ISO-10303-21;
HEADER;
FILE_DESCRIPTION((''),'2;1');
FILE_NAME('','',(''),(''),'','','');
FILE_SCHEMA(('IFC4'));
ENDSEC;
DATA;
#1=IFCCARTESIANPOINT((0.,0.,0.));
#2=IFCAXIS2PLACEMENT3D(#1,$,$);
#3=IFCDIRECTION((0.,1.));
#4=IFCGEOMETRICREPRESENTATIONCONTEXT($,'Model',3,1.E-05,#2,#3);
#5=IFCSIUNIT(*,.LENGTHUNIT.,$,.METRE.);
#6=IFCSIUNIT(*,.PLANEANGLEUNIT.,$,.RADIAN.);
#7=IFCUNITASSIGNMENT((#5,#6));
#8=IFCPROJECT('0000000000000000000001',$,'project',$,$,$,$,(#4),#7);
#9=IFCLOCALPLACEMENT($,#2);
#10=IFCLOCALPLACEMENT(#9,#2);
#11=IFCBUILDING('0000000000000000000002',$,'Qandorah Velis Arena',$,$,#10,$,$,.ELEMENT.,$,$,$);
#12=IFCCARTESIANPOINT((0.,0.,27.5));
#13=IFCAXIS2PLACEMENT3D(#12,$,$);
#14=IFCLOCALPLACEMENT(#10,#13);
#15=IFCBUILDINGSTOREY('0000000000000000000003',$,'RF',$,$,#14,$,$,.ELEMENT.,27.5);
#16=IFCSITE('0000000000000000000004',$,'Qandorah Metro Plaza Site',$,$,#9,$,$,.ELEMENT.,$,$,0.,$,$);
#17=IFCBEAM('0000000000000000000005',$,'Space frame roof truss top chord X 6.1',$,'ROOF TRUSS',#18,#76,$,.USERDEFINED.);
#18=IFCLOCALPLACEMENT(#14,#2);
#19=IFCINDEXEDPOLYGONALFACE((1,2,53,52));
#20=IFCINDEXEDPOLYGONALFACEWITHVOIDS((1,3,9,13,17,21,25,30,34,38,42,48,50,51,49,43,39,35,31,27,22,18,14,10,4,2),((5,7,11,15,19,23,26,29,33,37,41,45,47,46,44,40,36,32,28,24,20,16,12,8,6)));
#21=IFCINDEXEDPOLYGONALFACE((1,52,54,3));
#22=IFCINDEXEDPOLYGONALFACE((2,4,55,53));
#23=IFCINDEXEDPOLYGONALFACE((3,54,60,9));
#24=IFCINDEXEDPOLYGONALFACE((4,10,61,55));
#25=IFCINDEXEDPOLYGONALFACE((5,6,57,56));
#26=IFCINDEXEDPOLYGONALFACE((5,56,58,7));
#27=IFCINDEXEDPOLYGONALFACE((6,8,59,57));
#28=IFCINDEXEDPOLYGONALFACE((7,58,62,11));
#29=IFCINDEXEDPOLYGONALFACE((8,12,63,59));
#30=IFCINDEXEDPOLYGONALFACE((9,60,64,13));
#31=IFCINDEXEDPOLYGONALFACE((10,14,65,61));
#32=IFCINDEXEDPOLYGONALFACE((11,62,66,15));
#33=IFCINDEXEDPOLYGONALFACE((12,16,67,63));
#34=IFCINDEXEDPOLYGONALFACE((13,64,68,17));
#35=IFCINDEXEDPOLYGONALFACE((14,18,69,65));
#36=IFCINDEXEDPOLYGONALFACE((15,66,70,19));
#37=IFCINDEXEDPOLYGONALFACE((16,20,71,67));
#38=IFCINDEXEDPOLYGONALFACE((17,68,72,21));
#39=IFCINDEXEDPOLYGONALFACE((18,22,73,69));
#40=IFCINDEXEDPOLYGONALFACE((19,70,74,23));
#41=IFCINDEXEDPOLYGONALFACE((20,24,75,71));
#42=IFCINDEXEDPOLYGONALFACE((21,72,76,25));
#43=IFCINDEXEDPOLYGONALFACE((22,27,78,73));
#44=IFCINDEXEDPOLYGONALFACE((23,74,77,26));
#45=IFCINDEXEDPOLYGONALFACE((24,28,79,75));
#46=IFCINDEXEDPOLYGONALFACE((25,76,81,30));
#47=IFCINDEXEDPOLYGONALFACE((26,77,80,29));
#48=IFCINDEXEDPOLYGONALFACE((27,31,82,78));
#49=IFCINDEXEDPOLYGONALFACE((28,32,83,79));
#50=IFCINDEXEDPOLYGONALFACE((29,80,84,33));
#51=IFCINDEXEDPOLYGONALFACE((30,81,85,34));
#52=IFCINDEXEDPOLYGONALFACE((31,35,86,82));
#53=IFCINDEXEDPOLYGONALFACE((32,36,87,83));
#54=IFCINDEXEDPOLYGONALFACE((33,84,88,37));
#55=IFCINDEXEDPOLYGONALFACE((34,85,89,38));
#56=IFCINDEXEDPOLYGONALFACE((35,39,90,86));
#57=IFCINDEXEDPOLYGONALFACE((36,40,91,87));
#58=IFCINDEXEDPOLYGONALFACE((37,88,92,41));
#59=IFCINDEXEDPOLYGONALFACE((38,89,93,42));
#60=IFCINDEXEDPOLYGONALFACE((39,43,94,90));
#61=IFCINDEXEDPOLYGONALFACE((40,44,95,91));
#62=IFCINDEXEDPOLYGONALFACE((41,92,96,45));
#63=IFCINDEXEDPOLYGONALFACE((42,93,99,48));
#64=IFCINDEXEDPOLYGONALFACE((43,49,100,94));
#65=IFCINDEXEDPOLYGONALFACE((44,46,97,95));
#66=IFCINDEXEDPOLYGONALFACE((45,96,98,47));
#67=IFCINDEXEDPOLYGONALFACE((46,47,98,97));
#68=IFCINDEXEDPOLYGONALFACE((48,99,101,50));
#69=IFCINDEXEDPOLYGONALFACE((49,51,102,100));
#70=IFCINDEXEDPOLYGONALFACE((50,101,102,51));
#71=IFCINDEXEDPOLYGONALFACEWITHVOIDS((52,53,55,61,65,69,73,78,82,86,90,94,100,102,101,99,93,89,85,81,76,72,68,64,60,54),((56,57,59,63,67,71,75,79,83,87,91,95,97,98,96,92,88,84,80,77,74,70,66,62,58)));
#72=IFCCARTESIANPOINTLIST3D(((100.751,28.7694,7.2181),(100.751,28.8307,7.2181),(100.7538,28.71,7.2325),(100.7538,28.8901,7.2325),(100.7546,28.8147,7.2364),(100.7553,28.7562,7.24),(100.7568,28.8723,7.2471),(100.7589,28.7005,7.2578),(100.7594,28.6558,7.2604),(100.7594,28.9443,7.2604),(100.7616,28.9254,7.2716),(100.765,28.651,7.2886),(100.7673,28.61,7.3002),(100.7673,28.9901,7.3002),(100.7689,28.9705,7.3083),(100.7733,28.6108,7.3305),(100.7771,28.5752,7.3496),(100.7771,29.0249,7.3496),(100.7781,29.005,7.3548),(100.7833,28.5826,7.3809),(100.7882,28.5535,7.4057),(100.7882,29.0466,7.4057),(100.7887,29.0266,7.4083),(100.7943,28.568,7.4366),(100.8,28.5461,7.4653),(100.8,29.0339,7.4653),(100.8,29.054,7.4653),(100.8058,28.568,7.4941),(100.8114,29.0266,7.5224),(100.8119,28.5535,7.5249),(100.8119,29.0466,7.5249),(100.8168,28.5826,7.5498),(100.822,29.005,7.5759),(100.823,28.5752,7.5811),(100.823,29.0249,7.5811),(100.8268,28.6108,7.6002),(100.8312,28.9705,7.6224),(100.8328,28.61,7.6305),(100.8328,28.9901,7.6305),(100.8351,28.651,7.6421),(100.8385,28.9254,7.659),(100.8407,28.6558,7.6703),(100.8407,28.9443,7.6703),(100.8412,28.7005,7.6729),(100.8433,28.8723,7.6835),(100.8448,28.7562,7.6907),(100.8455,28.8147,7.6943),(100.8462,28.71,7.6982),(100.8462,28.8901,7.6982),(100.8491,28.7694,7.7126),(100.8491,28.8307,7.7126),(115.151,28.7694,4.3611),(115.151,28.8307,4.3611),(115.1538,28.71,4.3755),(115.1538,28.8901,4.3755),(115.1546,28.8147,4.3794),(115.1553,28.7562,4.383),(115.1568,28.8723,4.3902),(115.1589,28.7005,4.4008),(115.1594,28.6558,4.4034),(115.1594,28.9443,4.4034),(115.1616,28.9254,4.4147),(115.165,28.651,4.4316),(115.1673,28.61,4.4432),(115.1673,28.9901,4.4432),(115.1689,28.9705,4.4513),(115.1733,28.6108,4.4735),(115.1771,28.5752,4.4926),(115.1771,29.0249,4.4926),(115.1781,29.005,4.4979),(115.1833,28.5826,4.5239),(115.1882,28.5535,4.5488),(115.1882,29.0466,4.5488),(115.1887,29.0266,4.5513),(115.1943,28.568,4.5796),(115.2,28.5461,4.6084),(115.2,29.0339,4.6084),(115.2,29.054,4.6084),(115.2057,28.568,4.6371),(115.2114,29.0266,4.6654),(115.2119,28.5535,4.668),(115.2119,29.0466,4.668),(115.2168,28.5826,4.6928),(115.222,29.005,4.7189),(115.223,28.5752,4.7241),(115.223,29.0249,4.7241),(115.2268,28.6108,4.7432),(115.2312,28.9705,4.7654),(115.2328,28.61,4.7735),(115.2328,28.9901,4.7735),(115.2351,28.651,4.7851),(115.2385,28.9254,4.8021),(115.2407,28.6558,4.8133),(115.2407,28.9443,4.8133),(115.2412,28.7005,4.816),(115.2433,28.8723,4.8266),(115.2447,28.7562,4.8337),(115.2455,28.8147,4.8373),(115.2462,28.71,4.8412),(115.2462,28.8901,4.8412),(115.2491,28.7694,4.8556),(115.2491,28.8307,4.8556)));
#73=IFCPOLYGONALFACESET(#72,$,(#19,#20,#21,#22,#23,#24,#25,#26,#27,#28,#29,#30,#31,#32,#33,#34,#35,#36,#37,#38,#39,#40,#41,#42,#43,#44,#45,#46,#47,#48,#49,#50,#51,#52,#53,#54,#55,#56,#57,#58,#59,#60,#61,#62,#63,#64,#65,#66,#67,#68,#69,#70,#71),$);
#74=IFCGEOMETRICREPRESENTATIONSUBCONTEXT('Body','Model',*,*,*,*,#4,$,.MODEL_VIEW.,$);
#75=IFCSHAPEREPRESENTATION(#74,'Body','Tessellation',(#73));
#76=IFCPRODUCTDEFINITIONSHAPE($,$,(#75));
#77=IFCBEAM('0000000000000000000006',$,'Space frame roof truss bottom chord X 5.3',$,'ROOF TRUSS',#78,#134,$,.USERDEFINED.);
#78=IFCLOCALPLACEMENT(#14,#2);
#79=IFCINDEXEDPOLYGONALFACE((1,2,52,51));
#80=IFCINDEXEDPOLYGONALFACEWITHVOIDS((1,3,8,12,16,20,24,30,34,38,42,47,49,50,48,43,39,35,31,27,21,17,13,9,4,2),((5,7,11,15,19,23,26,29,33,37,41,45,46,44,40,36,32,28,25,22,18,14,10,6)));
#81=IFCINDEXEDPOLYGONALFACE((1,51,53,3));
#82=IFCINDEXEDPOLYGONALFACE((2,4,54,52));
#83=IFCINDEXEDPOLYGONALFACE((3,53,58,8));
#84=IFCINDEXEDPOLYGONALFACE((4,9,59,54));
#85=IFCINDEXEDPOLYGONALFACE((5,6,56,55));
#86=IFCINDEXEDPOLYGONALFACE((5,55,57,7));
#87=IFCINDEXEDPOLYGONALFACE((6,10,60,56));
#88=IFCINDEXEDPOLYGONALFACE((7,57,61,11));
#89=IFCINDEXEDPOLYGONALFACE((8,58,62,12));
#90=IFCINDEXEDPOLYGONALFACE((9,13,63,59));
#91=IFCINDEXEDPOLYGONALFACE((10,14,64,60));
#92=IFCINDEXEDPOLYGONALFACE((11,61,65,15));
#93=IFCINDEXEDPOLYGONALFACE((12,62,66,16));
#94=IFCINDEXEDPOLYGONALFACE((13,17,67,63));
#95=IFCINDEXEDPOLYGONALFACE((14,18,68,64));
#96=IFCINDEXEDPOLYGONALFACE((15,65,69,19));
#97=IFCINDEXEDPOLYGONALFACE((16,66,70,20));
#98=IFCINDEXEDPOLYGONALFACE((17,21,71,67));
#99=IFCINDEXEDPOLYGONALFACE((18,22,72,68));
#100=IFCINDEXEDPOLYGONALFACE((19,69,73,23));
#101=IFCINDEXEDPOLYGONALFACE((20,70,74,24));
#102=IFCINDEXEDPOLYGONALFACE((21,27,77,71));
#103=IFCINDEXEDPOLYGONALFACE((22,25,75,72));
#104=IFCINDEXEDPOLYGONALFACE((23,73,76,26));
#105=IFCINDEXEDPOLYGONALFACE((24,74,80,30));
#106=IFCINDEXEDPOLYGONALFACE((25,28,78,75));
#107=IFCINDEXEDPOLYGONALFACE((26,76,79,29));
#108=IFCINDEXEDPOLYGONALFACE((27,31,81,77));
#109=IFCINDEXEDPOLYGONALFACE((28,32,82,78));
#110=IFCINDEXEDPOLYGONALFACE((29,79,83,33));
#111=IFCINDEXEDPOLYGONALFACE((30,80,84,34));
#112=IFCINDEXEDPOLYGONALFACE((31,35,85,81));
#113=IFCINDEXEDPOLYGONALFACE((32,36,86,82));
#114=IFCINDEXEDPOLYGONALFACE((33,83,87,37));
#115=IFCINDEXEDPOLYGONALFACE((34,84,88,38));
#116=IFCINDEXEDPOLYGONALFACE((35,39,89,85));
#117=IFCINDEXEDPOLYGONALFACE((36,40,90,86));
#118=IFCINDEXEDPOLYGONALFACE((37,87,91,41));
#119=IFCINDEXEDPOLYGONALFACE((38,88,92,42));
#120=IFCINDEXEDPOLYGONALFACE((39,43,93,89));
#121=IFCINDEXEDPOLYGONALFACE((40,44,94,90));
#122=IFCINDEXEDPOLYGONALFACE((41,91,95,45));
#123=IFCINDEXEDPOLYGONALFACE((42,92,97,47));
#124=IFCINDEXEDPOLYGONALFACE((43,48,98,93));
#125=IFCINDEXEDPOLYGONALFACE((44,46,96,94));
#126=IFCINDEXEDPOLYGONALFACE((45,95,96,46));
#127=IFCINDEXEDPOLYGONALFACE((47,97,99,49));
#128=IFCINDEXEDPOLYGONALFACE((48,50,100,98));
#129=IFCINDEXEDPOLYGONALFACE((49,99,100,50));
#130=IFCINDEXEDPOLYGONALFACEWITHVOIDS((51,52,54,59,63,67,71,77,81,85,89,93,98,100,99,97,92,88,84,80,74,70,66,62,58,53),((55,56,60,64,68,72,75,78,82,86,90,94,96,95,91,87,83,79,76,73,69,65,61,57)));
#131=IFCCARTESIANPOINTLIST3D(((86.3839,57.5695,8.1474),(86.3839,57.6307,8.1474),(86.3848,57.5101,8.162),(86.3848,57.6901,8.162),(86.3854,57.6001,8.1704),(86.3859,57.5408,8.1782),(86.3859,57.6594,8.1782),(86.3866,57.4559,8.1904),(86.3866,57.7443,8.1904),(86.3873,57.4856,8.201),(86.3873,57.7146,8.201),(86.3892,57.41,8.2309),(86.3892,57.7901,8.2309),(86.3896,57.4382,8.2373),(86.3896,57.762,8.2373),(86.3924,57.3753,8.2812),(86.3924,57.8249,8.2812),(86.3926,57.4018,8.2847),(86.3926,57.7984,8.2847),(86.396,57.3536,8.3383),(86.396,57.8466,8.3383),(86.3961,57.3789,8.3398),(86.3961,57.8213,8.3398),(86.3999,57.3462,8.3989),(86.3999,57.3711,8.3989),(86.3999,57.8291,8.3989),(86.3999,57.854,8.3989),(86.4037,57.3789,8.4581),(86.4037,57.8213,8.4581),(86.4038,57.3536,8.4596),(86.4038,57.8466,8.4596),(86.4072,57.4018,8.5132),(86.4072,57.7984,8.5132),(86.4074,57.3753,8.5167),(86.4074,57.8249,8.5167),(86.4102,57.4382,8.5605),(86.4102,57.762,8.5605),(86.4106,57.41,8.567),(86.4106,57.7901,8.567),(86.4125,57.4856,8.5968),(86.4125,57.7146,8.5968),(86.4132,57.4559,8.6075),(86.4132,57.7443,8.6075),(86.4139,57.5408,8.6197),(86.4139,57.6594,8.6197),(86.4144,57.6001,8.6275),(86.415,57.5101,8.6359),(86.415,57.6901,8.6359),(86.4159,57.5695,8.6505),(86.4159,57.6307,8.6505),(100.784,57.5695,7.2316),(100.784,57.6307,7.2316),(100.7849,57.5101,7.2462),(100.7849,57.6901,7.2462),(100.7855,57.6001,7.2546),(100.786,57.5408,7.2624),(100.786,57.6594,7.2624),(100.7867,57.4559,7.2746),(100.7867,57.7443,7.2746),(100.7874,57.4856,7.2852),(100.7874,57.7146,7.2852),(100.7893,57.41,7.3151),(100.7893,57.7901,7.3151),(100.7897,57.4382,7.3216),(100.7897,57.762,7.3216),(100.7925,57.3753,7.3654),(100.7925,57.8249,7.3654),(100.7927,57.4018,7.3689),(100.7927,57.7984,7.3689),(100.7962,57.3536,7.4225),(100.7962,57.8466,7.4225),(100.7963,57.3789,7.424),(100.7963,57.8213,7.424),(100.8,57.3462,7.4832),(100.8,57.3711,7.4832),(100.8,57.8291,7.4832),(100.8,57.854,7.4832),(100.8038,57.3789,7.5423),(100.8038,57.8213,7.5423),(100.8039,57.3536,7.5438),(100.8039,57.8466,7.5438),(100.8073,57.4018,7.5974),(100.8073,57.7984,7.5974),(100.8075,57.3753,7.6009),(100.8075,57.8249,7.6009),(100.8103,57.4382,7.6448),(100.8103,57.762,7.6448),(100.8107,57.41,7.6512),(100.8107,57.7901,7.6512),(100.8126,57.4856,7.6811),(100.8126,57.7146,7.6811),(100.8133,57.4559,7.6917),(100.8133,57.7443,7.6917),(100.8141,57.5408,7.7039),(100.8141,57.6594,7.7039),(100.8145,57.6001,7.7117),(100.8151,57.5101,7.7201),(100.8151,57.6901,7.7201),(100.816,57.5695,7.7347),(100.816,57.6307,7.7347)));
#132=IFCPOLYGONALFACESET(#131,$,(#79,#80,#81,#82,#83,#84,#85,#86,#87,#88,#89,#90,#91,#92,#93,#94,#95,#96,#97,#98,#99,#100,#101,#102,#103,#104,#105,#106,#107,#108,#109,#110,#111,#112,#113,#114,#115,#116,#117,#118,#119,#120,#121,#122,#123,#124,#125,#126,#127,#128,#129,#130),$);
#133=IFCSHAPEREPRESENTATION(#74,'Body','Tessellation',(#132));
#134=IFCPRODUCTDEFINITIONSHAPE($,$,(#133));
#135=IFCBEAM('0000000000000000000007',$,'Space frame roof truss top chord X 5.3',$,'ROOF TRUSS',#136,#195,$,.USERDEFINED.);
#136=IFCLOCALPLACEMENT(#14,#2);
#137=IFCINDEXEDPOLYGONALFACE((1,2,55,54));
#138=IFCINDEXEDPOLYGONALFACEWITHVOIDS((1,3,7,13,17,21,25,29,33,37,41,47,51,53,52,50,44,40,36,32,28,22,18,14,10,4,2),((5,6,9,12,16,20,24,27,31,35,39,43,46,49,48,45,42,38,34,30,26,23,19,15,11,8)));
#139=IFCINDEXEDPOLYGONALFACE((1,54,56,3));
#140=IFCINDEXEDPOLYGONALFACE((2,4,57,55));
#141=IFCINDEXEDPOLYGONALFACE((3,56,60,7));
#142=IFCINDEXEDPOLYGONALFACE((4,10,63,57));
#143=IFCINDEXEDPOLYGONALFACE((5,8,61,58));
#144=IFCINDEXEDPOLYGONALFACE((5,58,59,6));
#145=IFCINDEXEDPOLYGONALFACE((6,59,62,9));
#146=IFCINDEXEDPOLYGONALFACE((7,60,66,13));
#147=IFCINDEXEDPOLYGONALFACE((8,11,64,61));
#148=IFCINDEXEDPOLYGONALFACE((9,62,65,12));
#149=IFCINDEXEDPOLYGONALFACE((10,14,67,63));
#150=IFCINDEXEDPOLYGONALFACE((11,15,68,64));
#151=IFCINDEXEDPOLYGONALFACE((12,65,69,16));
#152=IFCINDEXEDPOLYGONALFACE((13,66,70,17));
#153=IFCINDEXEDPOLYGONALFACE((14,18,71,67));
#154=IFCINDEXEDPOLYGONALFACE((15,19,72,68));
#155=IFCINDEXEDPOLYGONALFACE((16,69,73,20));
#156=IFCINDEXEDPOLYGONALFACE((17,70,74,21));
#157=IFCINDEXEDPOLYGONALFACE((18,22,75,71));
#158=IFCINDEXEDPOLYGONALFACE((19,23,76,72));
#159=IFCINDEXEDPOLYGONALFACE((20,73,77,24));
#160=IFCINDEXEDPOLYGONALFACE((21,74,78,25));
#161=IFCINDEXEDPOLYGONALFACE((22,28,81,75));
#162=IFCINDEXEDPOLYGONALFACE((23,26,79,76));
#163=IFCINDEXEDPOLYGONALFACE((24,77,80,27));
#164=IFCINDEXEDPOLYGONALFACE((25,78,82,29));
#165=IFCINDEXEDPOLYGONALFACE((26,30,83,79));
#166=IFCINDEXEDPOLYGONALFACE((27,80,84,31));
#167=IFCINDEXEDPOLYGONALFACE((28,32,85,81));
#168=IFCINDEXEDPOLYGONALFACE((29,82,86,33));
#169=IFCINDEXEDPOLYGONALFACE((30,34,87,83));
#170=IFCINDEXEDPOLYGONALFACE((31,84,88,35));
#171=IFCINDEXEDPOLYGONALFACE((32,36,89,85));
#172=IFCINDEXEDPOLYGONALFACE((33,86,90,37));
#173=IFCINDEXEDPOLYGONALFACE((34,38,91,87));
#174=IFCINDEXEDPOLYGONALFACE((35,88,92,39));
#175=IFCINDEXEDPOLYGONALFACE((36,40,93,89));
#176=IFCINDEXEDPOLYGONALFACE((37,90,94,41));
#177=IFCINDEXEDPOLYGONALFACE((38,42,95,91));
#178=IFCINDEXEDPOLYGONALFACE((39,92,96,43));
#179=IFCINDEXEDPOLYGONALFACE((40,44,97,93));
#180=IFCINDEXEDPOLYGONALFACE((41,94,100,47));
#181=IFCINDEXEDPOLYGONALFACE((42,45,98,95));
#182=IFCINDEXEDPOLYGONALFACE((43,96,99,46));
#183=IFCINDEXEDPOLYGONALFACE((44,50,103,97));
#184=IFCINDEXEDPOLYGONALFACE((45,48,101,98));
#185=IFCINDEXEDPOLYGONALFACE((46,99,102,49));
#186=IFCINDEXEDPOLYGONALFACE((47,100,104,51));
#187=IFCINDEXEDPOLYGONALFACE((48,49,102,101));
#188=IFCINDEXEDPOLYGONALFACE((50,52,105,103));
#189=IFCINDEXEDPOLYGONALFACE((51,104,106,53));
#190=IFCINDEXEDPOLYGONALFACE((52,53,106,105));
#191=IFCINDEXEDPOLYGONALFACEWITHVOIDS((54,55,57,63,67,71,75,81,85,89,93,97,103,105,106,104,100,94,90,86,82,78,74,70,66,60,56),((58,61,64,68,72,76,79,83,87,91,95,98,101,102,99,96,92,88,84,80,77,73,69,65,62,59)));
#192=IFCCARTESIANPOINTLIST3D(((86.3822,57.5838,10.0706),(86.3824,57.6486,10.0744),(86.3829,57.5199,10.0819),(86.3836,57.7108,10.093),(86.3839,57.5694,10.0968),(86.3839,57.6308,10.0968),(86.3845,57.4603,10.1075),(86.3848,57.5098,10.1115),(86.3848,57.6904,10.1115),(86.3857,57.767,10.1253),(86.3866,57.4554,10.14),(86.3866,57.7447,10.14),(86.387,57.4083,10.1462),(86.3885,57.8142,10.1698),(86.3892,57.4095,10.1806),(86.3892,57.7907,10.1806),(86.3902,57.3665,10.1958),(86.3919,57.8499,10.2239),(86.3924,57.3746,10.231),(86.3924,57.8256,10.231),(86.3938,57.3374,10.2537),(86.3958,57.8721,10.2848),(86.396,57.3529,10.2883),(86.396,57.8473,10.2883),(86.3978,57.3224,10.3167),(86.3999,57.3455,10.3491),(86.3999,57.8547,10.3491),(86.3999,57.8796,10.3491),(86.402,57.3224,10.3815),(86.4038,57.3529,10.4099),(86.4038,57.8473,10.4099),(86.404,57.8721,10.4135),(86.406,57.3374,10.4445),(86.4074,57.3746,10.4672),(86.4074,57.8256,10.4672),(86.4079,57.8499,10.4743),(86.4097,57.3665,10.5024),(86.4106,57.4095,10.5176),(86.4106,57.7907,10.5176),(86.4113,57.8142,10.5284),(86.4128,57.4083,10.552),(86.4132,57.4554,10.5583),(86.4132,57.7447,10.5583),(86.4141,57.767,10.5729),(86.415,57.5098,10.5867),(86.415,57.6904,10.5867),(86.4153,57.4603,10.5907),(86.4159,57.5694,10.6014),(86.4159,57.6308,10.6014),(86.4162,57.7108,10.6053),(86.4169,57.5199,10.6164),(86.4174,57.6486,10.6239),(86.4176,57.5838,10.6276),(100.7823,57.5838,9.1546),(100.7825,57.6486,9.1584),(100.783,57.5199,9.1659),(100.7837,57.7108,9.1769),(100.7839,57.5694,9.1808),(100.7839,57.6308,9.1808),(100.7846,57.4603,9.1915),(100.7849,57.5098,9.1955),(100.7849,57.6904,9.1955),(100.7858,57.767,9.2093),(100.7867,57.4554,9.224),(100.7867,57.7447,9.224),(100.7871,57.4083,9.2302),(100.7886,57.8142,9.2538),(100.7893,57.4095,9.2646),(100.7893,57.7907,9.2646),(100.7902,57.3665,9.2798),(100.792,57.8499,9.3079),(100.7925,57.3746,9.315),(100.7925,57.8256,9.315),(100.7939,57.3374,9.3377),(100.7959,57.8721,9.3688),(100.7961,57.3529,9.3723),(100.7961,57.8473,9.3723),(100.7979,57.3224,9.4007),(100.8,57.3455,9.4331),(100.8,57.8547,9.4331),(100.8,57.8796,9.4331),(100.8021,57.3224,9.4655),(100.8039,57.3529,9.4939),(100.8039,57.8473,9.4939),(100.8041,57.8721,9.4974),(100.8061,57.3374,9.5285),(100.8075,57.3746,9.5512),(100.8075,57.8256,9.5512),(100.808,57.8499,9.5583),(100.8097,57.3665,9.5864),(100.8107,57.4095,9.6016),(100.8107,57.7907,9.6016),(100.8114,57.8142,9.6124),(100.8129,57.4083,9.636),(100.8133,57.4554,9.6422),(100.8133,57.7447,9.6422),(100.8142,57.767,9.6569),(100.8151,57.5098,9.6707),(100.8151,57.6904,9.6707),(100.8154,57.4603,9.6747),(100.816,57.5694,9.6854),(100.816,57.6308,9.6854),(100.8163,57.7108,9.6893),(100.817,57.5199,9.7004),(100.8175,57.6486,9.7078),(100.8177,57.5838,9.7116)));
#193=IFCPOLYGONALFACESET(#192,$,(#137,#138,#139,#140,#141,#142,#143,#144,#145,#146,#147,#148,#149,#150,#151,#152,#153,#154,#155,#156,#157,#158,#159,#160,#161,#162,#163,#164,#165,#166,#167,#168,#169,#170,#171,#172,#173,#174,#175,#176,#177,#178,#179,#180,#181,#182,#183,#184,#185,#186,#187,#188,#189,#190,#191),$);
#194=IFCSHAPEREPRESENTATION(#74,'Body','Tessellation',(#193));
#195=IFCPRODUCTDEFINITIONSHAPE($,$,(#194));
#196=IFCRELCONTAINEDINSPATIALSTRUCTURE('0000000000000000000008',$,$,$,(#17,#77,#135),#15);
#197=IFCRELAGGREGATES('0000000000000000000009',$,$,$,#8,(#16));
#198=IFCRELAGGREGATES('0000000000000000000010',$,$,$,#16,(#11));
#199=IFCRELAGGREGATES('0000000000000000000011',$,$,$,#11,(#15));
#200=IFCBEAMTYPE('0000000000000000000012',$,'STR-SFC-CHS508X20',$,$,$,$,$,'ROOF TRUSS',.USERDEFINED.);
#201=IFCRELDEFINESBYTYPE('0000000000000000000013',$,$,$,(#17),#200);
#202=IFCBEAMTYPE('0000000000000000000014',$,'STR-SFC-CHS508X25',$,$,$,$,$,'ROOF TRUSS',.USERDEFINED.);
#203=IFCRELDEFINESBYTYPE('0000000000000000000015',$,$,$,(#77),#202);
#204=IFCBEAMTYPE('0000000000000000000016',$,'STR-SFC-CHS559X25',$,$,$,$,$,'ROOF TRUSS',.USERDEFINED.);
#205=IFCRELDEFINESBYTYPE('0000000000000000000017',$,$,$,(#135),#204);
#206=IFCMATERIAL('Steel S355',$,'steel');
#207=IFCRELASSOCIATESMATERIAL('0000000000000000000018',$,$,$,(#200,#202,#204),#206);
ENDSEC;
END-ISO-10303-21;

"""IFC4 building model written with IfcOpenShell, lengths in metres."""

from ifc_helpers import new_model, si_unit, direction, frame, origin, origin_2d, place, context, subcontext, project, spatial, hollow_circle, extrude, material, material_profile, profile_set, type_object, element, save


model = new_model("IFC4")

# Units and contexts
model_context = context("Model", 3, precision=1e-05, world=origin(), true_north=direction((0.0, 1.0)))
body_context = subcontext(model_context, "Body", "Model", "MODEL_VIEW")
ifc_project = project(units=[si_unit("LENGTHUNIT", "METRE"), si_unit("PLANEANGLEUNIT", "RADIAN")], contexts=[model_context])

# Site, building, storey
site_placement = place(None, origin())
site = spatial("IfcSite", under=ifc_project, at=site_placement, Name="Qandorah Metro Plaza Site", CompositionType="ELEMENT", RefElevation=0.0)
building_placement = place(site_placement, origin())
building = spatial("IfcBuilding", under=site, at=building_placement, Name="Qandorah Velis Arena", CompositionType="ELEMENT")
storey_placement = place(building_placement, frame((0.0, 0.0, 27.5)))
storey = spatial("IfcBuildingStorey", under=building, at=storey_placement, Name="RF", CompositionType="ELEMENT", Elevation=27.5)

# Shared definitions
ifc_material_1 = material(Name="Steel S355", Category="steel")

# Beams
ifc_material_profile_1 = material_profile(ifc_material_1, hollow_circle(Radius=0.2539, WallThickness=0.02, at=origin_2d()), Name="CHS 508x20")
ifc_profile_set_1 = profile_set([ifc_material_profile_1], Name="Steel S355")
beam_type_1 = type_object("IfcBeamType", Name="STR-SFC-CHS508X20", ElementType="ROOF TRUSS", PredefinedType="USERDEFINED", material=ifc_profile_set_1)
beam_1_placement = place(storey_placement, frame((100.8, 28.8, 7.4653), z_axis=(0.980881, 0.0, -0.194606), x_axis=(0.0, 1.0, 0.0)))
element("IfcBeam", 1, at=beam_1_placement, inside=storey, type_object=beam_type_1, Name="Space frame roof truss top chord X 6.1", ObjectType="ROOF TRUSS", PredefinedType="USERDEFINED", context=body_context, shape_type="SweptSolid", body=[
    extrude(hollow_circle(Radius=0.2539, WallThickness=0.02, at=origin_2d()), origin(), (0.0, 0.0, 1.0), 14.6807),
])
ifc_material_profile_2 = material_profile(ifc_material_1, hollow_circle(Radius=0.2539, WallThickness=0.0249, at=origin_2d()), Name="CHS 508x25")
ifc_profile_set_2 = profile_set([ifc_material_profile_2], Name="Steel S355")
beam_type_2 = type_object("IfcBeamType", Name="STR-SFC-CHS508X25", ElementType="ROOF TRUSS", PredefinedType="USERDEFINED", material=ifc_profile_set_2)
beam_2_placement = place(storey_placement, frame((86.3999, 57.6001, 8.3989), z_axis=(0.997984, 0.0, -0.063466), x_axis=(0.0, 1.0, 0.0)))
element("IfcBeam", 2, at=beam_2_placement, inside=storey, type_object=beam_type_2, Name="Space frame roof truss bottom chord X 5.3", ObjectType="ROOF TRUSS", PredefinedType="USERDEFINED", context=body_context, shape_type="SweptSolid", body=[
    extrude(hollow_circle(Radius=0.2539, WallThickness=0.0249, at=origin_2d()), origin(), (0.0, 0.0, 1.0), 14.4292),
])
ifc_material_profile_3 = material_profile(ifc_material_1, hollow_circle(Radius=0.2795, WallThickness=0.0249, at=origin_2d()), Name="CHS 559x25")
ifc_profile_set_3 = profile_set([ifc_material_profile_3], Name="Steel S355")
beam_type_3 = type_object("IfcBeamType", Name="STR-SFC-CHS559X25", ElementType="ROOF TRUSS", PredefinedType="USERDEFINED", material=ifc_profile_set_3)
beam_3_placement = place(storey_placement, frame((86.3999, 57.6001, 10.3491), z_axis=(0.997983, 0.0, -0.063483), x_axis=(0.0, 1.0, 0.0)))
element("IfcBeam", 3, at=beam_3_placement, inside=storey, type_object=beam_type_3, Name="Space frame roof truss top chord X 5.3", ObjectType="ROOF TRUSS", PredefinedType="USERDEFINED", context=body_context, shape_type="SweptSolid", body=[
    extrude(hollow_circle(Radius=0.2795, WallThickness=0.0249, at=origin_2d()), origin(), (0.0, 0.0, 1.0), 14.4292),
])

save(model, "model.ifc")
